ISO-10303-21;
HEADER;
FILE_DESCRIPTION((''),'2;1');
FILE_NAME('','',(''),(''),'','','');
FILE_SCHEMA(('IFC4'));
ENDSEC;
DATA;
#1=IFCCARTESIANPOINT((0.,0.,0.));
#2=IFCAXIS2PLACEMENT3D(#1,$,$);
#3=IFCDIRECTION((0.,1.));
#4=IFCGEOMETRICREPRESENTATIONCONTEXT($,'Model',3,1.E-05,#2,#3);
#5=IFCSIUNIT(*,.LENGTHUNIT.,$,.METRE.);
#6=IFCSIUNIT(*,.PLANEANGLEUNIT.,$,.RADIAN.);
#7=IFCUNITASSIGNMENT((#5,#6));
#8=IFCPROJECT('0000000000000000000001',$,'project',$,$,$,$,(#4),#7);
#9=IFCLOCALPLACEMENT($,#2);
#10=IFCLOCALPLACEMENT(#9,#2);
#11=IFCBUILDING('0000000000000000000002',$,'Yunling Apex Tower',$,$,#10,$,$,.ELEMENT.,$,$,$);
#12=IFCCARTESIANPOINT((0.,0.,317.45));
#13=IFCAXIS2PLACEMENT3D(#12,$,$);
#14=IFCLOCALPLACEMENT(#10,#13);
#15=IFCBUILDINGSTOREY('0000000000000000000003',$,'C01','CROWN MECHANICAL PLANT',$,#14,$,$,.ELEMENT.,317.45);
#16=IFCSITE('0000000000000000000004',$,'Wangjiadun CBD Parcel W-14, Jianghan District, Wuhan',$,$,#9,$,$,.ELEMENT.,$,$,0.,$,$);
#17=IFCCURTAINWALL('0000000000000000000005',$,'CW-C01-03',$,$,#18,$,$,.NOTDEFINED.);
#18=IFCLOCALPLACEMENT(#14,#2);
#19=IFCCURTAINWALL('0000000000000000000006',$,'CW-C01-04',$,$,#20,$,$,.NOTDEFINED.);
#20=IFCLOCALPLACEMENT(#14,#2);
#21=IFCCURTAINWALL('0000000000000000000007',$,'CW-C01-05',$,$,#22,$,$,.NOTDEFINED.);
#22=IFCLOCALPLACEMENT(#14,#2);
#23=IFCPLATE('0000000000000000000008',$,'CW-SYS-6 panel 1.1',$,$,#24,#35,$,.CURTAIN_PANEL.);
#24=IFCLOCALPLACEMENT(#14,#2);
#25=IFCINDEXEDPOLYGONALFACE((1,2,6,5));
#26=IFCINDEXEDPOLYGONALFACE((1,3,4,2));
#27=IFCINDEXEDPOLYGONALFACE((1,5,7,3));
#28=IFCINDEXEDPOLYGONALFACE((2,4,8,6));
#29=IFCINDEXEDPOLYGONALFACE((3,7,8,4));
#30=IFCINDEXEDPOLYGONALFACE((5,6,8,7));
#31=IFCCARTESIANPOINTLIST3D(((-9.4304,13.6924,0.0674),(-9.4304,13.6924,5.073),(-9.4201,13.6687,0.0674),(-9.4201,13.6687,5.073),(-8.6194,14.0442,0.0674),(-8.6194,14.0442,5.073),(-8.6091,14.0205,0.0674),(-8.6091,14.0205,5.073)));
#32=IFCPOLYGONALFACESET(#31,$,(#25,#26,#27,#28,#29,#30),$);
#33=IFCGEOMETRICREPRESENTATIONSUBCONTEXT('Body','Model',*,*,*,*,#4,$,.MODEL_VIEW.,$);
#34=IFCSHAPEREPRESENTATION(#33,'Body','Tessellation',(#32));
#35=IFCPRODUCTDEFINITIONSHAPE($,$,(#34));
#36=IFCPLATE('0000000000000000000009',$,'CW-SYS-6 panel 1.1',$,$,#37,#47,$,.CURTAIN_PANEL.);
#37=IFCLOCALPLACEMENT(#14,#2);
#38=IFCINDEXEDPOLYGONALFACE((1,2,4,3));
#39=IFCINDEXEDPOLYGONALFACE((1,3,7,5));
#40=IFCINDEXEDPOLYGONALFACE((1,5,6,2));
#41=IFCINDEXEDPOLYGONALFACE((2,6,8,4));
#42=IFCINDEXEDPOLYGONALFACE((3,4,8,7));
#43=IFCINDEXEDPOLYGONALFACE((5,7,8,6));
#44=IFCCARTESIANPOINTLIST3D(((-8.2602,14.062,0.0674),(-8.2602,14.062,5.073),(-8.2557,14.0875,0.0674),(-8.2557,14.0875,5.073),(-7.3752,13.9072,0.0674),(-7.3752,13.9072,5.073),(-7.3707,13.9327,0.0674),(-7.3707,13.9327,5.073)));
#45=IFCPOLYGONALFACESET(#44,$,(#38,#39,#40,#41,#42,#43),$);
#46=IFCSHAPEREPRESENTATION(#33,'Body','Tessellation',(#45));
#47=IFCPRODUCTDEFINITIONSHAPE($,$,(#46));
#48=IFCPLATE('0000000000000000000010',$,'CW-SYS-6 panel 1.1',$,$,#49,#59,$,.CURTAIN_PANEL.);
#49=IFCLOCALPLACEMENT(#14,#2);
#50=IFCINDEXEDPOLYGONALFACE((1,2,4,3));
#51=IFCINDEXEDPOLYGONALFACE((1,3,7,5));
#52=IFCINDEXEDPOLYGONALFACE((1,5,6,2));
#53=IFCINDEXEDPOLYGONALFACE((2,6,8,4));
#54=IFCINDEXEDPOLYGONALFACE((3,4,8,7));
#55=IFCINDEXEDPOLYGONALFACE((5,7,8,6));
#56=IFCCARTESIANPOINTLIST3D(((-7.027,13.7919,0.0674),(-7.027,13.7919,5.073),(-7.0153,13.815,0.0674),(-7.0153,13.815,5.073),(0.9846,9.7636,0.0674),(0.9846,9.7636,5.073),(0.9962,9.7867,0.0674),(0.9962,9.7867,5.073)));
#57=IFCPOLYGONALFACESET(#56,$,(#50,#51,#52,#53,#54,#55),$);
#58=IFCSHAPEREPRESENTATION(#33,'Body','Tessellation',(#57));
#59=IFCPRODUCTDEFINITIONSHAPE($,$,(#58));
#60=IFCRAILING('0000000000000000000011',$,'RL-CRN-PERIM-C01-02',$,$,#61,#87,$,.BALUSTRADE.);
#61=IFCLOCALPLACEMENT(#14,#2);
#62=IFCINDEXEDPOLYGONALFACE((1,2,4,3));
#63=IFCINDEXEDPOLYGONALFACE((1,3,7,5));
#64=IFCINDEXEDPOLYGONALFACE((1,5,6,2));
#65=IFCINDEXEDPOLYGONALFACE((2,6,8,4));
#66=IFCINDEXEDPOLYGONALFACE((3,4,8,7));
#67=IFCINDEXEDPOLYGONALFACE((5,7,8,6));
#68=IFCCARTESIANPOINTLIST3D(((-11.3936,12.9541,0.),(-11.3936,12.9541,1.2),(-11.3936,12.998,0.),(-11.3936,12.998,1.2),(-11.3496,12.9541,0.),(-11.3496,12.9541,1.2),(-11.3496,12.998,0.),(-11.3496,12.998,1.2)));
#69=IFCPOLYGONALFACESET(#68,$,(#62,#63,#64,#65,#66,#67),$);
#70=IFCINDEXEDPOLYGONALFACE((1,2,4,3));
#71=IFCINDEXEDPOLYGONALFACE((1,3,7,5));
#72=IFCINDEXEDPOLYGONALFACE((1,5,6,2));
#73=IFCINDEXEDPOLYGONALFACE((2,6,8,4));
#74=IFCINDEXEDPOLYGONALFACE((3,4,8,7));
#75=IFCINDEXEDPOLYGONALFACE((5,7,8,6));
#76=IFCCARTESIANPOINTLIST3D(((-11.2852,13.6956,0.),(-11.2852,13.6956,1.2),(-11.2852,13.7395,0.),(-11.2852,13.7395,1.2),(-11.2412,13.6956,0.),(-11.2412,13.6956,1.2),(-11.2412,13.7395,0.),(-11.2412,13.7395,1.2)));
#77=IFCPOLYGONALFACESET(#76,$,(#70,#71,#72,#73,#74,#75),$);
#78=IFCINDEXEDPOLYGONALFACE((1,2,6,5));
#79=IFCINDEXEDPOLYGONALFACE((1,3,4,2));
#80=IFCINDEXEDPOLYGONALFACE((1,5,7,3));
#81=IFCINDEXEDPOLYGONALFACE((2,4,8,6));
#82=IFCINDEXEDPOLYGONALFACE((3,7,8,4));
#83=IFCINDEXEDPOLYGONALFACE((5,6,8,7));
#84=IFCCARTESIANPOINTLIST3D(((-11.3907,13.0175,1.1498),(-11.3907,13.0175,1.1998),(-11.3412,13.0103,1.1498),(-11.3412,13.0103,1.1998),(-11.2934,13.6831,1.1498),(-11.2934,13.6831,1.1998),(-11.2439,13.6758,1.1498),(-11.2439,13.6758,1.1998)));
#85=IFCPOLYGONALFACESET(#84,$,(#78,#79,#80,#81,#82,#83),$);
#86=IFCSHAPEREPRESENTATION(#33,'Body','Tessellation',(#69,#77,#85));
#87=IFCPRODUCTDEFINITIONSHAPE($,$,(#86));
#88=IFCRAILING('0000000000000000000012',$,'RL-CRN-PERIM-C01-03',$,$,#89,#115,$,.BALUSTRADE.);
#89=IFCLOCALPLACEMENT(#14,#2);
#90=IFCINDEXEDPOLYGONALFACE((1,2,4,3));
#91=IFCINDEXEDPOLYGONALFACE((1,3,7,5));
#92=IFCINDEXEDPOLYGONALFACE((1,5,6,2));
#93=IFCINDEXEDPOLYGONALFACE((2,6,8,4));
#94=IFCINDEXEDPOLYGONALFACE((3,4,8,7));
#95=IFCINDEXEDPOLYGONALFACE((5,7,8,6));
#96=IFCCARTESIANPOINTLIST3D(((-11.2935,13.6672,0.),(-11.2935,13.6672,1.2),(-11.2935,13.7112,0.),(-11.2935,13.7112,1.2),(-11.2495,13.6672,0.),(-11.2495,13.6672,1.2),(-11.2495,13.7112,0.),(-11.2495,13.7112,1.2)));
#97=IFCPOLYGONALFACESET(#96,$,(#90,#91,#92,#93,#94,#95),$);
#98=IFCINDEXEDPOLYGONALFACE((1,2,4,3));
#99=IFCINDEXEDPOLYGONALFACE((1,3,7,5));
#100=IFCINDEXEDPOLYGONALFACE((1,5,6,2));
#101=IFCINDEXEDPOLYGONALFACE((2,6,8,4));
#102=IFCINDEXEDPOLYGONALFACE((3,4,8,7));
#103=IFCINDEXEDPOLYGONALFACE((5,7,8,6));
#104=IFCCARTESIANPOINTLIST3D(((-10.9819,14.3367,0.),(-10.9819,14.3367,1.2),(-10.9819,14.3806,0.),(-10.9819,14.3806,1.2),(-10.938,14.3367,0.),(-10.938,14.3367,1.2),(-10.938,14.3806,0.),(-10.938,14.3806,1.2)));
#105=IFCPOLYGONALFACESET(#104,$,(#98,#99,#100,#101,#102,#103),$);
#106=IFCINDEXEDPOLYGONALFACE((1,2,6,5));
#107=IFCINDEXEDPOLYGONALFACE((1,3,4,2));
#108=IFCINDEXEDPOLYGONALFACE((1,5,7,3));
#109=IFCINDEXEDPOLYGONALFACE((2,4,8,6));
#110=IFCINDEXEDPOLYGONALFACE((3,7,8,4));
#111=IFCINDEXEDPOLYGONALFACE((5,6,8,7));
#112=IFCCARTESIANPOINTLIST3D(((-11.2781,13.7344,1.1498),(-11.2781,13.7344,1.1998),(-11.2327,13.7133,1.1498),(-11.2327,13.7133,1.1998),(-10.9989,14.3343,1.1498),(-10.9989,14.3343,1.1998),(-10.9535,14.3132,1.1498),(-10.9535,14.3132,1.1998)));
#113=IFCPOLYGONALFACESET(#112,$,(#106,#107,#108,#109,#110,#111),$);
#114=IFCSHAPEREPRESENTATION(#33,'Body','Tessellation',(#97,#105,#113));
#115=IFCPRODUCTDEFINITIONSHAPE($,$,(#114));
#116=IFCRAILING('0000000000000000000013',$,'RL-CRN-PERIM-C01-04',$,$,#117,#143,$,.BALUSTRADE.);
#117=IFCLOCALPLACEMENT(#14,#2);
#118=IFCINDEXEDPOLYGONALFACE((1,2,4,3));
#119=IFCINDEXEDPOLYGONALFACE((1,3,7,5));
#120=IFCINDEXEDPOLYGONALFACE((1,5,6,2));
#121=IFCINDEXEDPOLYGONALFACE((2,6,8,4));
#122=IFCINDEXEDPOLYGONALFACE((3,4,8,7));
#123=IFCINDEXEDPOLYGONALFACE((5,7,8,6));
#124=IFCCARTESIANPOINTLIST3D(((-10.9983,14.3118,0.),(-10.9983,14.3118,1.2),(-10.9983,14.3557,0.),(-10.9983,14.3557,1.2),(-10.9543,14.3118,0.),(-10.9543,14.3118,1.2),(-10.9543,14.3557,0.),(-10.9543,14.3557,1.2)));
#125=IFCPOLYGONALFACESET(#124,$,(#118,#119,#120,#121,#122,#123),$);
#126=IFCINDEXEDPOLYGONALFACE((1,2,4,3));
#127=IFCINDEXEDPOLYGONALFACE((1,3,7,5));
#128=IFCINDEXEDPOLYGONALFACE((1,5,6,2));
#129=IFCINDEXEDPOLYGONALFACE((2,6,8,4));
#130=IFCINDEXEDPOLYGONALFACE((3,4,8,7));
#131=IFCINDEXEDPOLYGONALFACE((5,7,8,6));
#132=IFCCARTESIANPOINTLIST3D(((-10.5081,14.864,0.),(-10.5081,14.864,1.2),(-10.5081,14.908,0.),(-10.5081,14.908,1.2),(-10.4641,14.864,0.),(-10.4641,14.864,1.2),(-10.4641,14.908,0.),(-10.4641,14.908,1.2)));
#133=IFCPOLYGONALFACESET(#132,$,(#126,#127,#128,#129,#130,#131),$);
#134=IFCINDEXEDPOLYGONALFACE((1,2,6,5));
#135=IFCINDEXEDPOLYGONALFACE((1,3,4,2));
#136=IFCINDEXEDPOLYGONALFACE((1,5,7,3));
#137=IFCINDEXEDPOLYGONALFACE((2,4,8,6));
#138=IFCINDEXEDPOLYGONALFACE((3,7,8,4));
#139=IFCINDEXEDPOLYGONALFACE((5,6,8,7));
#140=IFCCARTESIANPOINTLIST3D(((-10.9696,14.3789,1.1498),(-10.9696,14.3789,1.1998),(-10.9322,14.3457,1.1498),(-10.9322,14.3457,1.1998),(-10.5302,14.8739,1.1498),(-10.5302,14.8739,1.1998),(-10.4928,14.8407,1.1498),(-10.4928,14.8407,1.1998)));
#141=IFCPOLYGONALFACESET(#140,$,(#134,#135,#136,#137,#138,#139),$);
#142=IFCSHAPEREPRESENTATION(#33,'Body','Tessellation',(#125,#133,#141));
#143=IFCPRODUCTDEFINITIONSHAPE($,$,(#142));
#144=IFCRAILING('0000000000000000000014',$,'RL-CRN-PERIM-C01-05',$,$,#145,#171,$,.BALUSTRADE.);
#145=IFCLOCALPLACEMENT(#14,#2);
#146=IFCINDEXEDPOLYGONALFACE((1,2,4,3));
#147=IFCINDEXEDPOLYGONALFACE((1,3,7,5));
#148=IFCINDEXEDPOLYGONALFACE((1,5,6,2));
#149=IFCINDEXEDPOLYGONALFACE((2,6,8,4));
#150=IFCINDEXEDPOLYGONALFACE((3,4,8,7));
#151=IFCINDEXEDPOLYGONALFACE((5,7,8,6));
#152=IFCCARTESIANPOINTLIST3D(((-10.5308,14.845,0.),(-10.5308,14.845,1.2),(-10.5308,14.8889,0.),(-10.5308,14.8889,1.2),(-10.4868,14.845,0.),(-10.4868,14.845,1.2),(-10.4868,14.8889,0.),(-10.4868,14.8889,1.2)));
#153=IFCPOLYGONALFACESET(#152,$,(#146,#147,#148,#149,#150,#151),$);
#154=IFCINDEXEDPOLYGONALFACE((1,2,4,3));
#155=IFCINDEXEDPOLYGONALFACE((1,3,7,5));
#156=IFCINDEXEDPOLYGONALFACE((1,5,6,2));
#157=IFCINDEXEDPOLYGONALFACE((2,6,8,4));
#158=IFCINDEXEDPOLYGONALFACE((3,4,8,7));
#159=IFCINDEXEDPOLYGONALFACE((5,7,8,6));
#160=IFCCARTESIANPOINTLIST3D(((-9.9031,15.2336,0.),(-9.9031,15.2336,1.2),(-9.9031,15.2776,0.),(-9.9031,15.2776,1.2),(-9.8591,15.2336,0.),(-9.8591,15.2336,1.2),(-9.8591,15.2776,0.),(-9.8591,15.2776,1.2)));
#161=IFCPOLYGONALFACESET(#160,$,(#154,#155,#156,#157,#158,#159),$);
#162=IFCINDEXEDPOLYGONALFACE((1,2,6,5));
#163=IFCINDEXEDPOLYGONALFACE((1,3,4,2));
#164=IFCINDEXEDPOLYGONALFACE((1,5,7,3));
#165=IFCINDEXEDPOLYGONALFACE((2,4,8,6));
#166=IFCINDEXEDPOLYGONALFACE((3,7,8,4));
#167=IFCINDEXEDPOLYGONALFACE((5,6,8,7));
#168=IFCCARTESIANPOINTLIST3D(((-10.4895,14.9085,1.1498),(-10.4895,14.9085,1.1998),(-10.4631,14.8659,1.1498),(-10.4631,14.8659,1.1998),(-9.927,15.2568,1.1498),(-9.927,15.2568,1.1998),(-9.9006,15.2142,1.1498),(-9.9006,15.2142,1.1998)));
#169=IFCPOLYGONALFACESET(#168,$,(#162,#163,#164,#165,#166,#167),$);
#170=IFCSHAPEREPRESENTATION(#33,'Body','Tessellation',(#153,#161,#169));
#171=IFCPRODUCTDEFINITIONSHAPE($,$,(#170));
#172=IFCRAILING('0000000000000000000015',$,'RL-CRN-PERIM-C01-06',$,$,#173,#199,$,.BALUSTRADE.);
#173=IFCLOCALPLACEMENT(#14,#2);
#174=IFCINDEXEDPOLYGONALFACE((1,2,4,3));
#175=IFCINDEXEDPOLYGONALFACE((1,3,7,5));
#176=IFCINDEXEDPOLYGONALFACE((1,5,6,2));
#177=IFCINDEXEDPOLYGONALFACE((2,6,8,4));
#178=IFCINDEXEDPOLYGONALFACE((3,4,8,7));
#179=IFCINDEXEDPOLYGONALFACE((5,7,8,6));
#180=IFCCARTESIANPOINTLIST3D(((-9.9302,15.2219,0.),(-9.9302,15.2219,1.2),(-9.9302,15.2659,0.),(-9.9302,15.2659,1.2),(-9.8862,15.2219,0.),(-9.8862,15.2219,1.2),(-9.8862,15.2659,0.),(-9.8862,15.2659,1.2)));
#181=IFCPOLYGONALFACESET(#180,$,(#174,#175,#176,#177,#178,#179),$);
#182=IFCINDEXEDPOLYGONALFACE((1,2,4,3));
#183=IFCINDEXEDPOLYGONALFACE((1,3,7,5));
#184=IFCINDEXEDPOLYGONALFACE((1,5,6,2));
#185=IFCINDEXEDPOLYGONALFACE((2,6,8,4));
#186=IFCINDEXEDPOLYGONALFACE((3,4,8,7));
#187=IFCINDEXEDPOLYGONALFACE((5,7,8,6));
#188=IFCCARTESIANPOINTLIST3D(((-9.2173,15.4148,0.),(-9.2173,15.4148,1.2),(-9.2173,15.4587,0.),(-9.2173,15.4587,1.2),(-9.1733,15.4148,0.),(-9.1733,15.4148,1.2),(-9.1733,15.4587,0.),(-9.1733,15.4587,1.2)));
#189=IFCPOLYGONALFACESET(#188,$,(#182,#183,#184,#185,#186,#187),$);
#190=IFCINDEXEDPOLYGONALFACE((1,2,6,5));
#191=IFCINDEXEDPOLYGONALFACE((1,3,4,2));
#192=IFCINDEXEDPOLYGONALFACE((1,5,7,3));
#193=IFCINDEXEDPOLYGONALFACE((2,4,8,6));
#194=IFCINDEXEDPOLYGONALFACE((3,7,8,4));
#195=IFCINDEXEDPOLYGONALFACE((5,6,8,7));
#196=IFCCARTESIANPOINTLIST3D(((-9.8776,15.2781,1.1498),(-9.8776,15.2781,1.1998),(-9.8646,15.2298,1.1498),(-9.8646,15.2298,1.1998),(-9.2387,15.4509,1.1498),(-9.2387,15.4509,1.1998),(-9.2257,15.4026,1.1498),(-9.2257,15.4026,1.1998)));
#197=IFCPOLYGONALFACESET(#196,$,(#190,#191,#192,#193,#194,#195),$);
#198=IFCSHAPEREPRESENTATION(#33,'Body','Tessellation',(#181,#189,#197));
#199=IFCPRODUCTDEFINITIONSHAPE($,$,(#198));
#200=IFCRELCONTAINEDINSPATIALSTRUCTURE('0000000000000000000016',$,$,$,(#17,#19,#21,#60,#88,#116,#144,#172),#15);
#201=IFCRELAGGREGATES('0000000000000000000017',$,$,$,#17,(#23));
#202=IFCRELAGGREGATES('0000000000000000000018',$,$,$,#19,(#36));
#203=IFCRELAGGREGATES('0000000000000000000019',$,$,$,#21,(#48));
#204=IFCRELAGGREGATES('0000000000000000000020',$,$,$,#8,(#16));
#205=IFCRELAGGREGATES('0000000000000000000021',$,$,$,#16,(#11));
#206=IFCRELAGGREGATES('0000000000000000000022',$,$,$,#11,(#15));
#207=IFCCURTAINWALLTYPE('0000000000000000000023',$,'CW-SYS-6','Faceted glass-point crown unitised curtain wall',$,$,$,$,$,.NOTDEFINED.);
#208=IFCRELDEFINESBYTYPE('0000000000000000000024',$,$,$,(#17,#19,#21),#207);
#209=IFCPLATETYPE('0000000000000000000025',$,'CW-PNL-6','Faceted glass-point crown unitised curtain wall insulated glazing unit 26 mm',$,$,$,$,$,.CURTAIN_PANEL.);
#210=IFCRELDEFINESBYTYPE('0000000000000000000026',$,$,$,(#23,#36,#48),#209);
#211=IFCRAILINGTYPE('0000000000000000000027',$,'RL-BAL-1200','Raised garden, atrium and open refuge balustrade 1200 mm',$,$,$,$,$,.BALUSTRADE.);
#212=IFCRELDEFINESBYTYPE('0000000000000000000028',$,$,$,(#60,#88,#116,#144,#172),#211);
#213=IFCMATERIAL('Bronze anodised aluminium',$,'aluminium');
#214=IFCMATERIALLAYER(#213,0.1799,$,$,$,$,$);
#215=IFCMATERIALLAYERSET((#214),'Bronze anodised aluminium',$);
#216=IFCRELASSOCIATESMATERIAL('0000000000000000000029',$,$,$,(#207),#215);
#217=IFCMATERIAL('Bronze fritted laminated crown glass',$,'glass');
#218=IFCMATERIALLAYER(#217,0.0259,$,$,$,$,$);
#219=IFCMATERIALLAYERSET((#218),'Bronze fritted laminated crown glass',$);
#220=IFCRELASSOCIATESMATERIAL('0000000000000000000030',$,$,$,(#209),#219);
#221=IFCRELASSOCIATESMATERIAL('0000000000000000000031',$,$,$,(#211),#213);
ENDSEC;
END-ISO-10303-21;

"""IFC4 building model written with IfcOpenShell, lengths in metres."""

from ifc_helpers import new_model, si_unit, direction, frame, origin, origin_2d, place, context, subcontext, project, spatial, rectangle, extrude, source, transform, mapped, material, layer, layer_set, type_object, element, aggregate, save


model = new_model("IFC4")

# Units and contexts
model_context = context("Model", 3, precision=1e-05, world=origin(), true_north=direction((0.0, 1.0)))
body_context = subcontext(model_context, "Body", "Model", "MODEL_VIEW")
ifc_project = project(units=[si_unit("LENGTHUNIT", "METRE"), si_unit("PLANEANGLEUNIT", "RADIAN")], contexts=[model_context])

# Site, building, storey
site_placement = place(None, origin())
site = spatial("IfcSite", under=ifc_project, at=site_placement, Name="Wangjiadun CBD Parcel W-14, Jianghan District, Wuhan", CompositionType="ELEMENT", RefElevation=0.0)
building_placement = place(site_placement, origin())
building = spatial("IfcBuilding", under=site, at=building_placement, Name="Yunling Apex Tower", CompositionType="ELEMENT")
storey_placement = place(building_placement, frame((0.0, 0.0, 317.45)))
storey = spatial("IfcBuildingStorey", under=building, at=storey_placement, Name="C01", Description="CROWN MECHANICAL PLANT", CompositionType="ELEMENT", Elevation=317.45)

# Shared definitions
ifc_material_1 = material(Name="Bronze anodised aluminium", Category="aluminium")
ifc_layer_1 = layer(ifc_material_1, 0.1799)
ifc_layer_set_1 = layer_set([ifc_layer_1], Name="Bronze anodised aluminium")
curtain_wall_type = type_object("IfcCurtainWallType", Name="CW-SYS-6", Description="Faceted glass-point crown unitised curtain wall", PredefinedType="NOTDEFINED", material=ifc_layer_set_1)

# Curtain walls
curtain_wall_1_placement = place(storey_placement, origin())
curtain_wall_1 = element("IfcCurtainWall", 1, at=curtain_wall_1_placement, inside=storey, type_object=curtain_wall_type, Name="CW-C01-03", PredefinedType="NOTDEFINED")
curtain_wall_2_placement = place(storey_placement, origin())
curtain_wall_2 = element("IfcCurtainWall", 2, at=curtain_wall_2_placement, inside=storey, type_object=curtain_wall_type, Name="CW-C01-04", PredefinedType="NOTDEFINED")

# Curtain wall
curtain_wall_3_placement = place(storey_placement, origin())
curtain_wall_3 = element("IfcCurtainWall", 3, at=curtain_wall_3_placement, inside=storey, type_object=curtain_wall_type, Name="CW-C01-05", PredefinedType="NOTDEFINED")

# Plates
ifc_material_2 = material(Name="Bronze fritted laminated crown glass", Category="glass")
ifc_layer_2 = layer(ifc_material_2, 0.0259)
ifc_layer_set_2 = layer_set([ifc_layer_2], Name="Bronze fritted laminated crown glass")
plate_type_1 = type_object("IfcPlateType", Name="CW-PNL-6", Description="Faceted glass-point crown unitised curtain wall insulated glazing unit 26 mm", PredefinedType="CURTAIN_PANEL", material=ifc_layer_set_2)
shared_shape_1 = source(origin(), body_context, "Body", "SweptSolid", [
    extrude(rectangle(XDim=0.884, YDim=0.0259, at=origin_2d()), origin(), (0.0, 0.0, 1.0), 5.0056),
])
plate_1_placement = place(storey_placement, frame((-9.0198, 13.8564, 0.0674), z_axis=(0.0, 0.0, 1.0), x_axis=(0.917415, 0.397933, 0.0)))
plate_1 = element("IfcPlate", 4, at=plate_1_placement, type_object=plate_type_1, Name="CW-SYS-6 panel 1.1", PredefinedType="CURTAIN_PANEL", context=body_context, shape_type="MappedRepresentation", body=[
    mapped(shared_shape_1, transform((0.0, 0.0, 0.0), scale=1.0)),
])
aggregate(curtain_wall_1, [plate_1])
shared_shape_2 = source(origin(), body_context, "Body", "SweptSolid", [
    extrude(rectangle(XDim=0.8984, YDim=0.0259, at=origin_2d()), origin(), (0.0, 0.0, 1.0), 5.0056),
])
plate_2_placement = place(storey_placement, frame((-7.8154, 13.9973, 0.0674), z_axis=(0.0, 0.0, 1.0), x_axis=(0.985044, -0.172305, 0.0)))
plate_2 = element("IfcPlate", 5, at=plate_2_placement, type_object=plate_type_1, Name="CW-SYS-6 panel 1.1", PredefinedType="CURTAIN_PANEL", context=body_context, shape_type="MappedRepresentation", body=[
    mapped(shared_shape_2, transform((0.0, 0.0, 0.0), scale=1.0)),
])
aggregate(curtain_wall_2, [plate_2])
shared_shape_3 = source(origin(), body_context, "Body", "SweptSolid", [
    extrude(rectangle(XDim=8.9673, YDim=0.0259, at=origin_2d()), origin(), (0.0, 0.0, 1.0), 5.0056),
])
plate_3_placement = place(storey_placement, frame((-3.0154, 11.7893, 0.0674), z_axis=(0.0, 0.0, 1.0), x_axis=(0.893417, -0.449228, 0.0)))
plate_3 = element("IfcPlate", 6, at=plate_3_placement, type_object=plate_type_1, Name="CW-SYS-6 panel 1.1", PredefinedType="CURTAIN_PANEL", context=body_context, shape_type="MappedRepresentation", body=[
    mapped(shared_shape_3, transform((0.0, 0.0, 0.0), scale=1.0)),
])
aggregate(curtain_wall_3, [plate_3])

# Railings
railing_type = type_object("IfcRailingType", Name="RL-BAL-1200", Description="Raised garden, atrium and open refuge balustrade 1200 mm", PredefinedType="BALUSTRADE", material=ifc_material_1)
railing_1_placement = place(storey_placement, frame((-11.3716, 12.9761, 0.0)))
element("IfcRailing", 7, at=railing_1_placement, inside=storey, type_object=railing_type, Name="RL-CRN-PERIM-C01-02", PredefinedType="BALUSTRADE", context=body_context, shape_type="SweptSolid", body=[
    extrude(rectangle(XDim=0.0439, YDim=0.0439, at=origin_2d()), origin(), (0.0, 0.0, 1.0), 1.2),
    extrude(rectangle(XDim=0.0439, YDim=0.0439, at=origin_2d()), frame((0.1084, 0.7415, 0.0)), (0.0, 0.0, 1.0), 1.2),
    extrude(rectangle(XDim=0.05, YDim=0.05, at=origin_2d()), frame((0.0056, 0.0378, 1.1748), z_axis=(0.144659, 0.989482, 0.0), x_axis=(-0.989482, 0.144659, 0.0)), (0.0, 0.0, 1.0), 0.6726),
])
railing_2_placement = place(storey_placement, frame((-11.2715, 13.6892, 0.0)))
element("IfcRailing", 8, at=railing_2_placement, inside=storey, type_object=railing_type, Name="RL-CRN-PERIM-C01-03", PredefinedType="BALUSTRADE", context=body_context, shape_type="SweptSolid", body=[
    extrude(rectangle(XDim=0.0439, YDim=0.0439, at=origin_2d()), origin(), (0.0, 0.0, 1.0), 1.2),
    extrude(rectangle(XDim=0.0439, YDim=0.0439, at=origin_2d()), frame((0.3115, 0.6694, 0.0)), (0.0, 0.0, 1.0), 1.2),
    extrude(rectangle(XDim=0.05, YDim=0.05, at=origin_2d()), frame((0.0161, 0.0347, 1.1748), z_axis=(0.421908, 0.906639, 0.0), x_axis=(-0.906639, 0.421908, 0.0)), (0.0, 0.0, 1.0), 0.6616),
])
railing_3_placement = place(storey_placement, frame((-10.9763, 14.3337, 0.0)))
element("IfcRailing", 9, at=railing_3_placement, inside=storey, type_object=railing_type, Name="RL-CRN-PERIM-C01-04", PredefinedType="BALUSTRADE", context=body_context, shape_type="SweptSolid", body=[
    extrude(rectangle(XDim=0.0439, YDim=0.0439, at=origin_2d()), origin(), (0.0, 0.0, 1.0), 1.2),
    extrude(rectangle(XDim=0.0439, YDim=0.0439, at=origin_2d()), frame((0.4902, 0.5522, 0.0)), (0.0, 0.0, 1.0), 1.2),
    extrude(rectangle(XDim=0.05, YDim=0.05, at=origin_2d()), frame((0.0254, 0.0286, 1.1748), z_axis=(0.663871, 0.747847, 0.0), x_axis=(-0.747847, 0.663871, 0.0)), (0.0, 0.0, 1.0), 0.6619),
])
railing_4_placement = place(storey_placement, frame((-10.5088, 14.8669, 0.0)))
element("IfcRailing", 10, at=railing_4_placement, inside=storey, type_object=railing_type, Name="RL-CRN-PERIM-C01-05", PredefinedType="BALUSTRADE", context=body_context, shape_type="SweptSolid", body=[
    extrude(rectangle(XDim=0.0439, YDim=0.0439, at=origin_2d()), origin(), (0.0, 0.0, 1.0), 1.2),
    extrude(rectangle(XDim=0.0439, YDim=0.0439, at=origin_2d()), frame((0.6277, 0.3887, 0.0)), (0.0, 0.0, 1.0), 1.2),
    extrude(rectangle(XDim=0.05, YDim=0.05, at=origin_2d()), frame((0.0325, 0.0203, 1.1748), z_axis=(0.850202, 0.526457, 0.0), x_axis=(-0.526457, 0.850202, 0.0)), (0.0, 0.0, 1.0), 0.6616),
])
railing_5_placement = place(storey_placement, frame((-9.9082, 15.2439, 0.0)))
element("IfcRailing", 11, at=railing_5_placement, inside=storey, type_object=railing_type, Name="RL-CRN-PERIM-C01-06", PredefinedType="BALUSTRADE", context=body_context, shape_type="SweptSolid", body=[
    extrude(rectangle(XDim=0.0439, YDim=0.0439, at=origin_2d()), origin(), (0.0, 0.0, 1.0), 1.2),
    extrude(rectangle(XDim=0.0439, YDim=0.0439, at=origin_2d()), frame((0.7129, 0.1929, 0.0)), (0.0, 0.0, 1.0), 1.2),
    extrude(rectangle(XDim=0.05, YDim=0.05, at=origin_2d()), frame((0.0371, 0.01, 1.1748), z_axis=(0.965296, 0.261159, 0.0), x_axis=(-0.261159, 0.965296, 0.0)), (0.0, 0.0, 1.0), 0.6619),
])

save(model, "model.ifc")
